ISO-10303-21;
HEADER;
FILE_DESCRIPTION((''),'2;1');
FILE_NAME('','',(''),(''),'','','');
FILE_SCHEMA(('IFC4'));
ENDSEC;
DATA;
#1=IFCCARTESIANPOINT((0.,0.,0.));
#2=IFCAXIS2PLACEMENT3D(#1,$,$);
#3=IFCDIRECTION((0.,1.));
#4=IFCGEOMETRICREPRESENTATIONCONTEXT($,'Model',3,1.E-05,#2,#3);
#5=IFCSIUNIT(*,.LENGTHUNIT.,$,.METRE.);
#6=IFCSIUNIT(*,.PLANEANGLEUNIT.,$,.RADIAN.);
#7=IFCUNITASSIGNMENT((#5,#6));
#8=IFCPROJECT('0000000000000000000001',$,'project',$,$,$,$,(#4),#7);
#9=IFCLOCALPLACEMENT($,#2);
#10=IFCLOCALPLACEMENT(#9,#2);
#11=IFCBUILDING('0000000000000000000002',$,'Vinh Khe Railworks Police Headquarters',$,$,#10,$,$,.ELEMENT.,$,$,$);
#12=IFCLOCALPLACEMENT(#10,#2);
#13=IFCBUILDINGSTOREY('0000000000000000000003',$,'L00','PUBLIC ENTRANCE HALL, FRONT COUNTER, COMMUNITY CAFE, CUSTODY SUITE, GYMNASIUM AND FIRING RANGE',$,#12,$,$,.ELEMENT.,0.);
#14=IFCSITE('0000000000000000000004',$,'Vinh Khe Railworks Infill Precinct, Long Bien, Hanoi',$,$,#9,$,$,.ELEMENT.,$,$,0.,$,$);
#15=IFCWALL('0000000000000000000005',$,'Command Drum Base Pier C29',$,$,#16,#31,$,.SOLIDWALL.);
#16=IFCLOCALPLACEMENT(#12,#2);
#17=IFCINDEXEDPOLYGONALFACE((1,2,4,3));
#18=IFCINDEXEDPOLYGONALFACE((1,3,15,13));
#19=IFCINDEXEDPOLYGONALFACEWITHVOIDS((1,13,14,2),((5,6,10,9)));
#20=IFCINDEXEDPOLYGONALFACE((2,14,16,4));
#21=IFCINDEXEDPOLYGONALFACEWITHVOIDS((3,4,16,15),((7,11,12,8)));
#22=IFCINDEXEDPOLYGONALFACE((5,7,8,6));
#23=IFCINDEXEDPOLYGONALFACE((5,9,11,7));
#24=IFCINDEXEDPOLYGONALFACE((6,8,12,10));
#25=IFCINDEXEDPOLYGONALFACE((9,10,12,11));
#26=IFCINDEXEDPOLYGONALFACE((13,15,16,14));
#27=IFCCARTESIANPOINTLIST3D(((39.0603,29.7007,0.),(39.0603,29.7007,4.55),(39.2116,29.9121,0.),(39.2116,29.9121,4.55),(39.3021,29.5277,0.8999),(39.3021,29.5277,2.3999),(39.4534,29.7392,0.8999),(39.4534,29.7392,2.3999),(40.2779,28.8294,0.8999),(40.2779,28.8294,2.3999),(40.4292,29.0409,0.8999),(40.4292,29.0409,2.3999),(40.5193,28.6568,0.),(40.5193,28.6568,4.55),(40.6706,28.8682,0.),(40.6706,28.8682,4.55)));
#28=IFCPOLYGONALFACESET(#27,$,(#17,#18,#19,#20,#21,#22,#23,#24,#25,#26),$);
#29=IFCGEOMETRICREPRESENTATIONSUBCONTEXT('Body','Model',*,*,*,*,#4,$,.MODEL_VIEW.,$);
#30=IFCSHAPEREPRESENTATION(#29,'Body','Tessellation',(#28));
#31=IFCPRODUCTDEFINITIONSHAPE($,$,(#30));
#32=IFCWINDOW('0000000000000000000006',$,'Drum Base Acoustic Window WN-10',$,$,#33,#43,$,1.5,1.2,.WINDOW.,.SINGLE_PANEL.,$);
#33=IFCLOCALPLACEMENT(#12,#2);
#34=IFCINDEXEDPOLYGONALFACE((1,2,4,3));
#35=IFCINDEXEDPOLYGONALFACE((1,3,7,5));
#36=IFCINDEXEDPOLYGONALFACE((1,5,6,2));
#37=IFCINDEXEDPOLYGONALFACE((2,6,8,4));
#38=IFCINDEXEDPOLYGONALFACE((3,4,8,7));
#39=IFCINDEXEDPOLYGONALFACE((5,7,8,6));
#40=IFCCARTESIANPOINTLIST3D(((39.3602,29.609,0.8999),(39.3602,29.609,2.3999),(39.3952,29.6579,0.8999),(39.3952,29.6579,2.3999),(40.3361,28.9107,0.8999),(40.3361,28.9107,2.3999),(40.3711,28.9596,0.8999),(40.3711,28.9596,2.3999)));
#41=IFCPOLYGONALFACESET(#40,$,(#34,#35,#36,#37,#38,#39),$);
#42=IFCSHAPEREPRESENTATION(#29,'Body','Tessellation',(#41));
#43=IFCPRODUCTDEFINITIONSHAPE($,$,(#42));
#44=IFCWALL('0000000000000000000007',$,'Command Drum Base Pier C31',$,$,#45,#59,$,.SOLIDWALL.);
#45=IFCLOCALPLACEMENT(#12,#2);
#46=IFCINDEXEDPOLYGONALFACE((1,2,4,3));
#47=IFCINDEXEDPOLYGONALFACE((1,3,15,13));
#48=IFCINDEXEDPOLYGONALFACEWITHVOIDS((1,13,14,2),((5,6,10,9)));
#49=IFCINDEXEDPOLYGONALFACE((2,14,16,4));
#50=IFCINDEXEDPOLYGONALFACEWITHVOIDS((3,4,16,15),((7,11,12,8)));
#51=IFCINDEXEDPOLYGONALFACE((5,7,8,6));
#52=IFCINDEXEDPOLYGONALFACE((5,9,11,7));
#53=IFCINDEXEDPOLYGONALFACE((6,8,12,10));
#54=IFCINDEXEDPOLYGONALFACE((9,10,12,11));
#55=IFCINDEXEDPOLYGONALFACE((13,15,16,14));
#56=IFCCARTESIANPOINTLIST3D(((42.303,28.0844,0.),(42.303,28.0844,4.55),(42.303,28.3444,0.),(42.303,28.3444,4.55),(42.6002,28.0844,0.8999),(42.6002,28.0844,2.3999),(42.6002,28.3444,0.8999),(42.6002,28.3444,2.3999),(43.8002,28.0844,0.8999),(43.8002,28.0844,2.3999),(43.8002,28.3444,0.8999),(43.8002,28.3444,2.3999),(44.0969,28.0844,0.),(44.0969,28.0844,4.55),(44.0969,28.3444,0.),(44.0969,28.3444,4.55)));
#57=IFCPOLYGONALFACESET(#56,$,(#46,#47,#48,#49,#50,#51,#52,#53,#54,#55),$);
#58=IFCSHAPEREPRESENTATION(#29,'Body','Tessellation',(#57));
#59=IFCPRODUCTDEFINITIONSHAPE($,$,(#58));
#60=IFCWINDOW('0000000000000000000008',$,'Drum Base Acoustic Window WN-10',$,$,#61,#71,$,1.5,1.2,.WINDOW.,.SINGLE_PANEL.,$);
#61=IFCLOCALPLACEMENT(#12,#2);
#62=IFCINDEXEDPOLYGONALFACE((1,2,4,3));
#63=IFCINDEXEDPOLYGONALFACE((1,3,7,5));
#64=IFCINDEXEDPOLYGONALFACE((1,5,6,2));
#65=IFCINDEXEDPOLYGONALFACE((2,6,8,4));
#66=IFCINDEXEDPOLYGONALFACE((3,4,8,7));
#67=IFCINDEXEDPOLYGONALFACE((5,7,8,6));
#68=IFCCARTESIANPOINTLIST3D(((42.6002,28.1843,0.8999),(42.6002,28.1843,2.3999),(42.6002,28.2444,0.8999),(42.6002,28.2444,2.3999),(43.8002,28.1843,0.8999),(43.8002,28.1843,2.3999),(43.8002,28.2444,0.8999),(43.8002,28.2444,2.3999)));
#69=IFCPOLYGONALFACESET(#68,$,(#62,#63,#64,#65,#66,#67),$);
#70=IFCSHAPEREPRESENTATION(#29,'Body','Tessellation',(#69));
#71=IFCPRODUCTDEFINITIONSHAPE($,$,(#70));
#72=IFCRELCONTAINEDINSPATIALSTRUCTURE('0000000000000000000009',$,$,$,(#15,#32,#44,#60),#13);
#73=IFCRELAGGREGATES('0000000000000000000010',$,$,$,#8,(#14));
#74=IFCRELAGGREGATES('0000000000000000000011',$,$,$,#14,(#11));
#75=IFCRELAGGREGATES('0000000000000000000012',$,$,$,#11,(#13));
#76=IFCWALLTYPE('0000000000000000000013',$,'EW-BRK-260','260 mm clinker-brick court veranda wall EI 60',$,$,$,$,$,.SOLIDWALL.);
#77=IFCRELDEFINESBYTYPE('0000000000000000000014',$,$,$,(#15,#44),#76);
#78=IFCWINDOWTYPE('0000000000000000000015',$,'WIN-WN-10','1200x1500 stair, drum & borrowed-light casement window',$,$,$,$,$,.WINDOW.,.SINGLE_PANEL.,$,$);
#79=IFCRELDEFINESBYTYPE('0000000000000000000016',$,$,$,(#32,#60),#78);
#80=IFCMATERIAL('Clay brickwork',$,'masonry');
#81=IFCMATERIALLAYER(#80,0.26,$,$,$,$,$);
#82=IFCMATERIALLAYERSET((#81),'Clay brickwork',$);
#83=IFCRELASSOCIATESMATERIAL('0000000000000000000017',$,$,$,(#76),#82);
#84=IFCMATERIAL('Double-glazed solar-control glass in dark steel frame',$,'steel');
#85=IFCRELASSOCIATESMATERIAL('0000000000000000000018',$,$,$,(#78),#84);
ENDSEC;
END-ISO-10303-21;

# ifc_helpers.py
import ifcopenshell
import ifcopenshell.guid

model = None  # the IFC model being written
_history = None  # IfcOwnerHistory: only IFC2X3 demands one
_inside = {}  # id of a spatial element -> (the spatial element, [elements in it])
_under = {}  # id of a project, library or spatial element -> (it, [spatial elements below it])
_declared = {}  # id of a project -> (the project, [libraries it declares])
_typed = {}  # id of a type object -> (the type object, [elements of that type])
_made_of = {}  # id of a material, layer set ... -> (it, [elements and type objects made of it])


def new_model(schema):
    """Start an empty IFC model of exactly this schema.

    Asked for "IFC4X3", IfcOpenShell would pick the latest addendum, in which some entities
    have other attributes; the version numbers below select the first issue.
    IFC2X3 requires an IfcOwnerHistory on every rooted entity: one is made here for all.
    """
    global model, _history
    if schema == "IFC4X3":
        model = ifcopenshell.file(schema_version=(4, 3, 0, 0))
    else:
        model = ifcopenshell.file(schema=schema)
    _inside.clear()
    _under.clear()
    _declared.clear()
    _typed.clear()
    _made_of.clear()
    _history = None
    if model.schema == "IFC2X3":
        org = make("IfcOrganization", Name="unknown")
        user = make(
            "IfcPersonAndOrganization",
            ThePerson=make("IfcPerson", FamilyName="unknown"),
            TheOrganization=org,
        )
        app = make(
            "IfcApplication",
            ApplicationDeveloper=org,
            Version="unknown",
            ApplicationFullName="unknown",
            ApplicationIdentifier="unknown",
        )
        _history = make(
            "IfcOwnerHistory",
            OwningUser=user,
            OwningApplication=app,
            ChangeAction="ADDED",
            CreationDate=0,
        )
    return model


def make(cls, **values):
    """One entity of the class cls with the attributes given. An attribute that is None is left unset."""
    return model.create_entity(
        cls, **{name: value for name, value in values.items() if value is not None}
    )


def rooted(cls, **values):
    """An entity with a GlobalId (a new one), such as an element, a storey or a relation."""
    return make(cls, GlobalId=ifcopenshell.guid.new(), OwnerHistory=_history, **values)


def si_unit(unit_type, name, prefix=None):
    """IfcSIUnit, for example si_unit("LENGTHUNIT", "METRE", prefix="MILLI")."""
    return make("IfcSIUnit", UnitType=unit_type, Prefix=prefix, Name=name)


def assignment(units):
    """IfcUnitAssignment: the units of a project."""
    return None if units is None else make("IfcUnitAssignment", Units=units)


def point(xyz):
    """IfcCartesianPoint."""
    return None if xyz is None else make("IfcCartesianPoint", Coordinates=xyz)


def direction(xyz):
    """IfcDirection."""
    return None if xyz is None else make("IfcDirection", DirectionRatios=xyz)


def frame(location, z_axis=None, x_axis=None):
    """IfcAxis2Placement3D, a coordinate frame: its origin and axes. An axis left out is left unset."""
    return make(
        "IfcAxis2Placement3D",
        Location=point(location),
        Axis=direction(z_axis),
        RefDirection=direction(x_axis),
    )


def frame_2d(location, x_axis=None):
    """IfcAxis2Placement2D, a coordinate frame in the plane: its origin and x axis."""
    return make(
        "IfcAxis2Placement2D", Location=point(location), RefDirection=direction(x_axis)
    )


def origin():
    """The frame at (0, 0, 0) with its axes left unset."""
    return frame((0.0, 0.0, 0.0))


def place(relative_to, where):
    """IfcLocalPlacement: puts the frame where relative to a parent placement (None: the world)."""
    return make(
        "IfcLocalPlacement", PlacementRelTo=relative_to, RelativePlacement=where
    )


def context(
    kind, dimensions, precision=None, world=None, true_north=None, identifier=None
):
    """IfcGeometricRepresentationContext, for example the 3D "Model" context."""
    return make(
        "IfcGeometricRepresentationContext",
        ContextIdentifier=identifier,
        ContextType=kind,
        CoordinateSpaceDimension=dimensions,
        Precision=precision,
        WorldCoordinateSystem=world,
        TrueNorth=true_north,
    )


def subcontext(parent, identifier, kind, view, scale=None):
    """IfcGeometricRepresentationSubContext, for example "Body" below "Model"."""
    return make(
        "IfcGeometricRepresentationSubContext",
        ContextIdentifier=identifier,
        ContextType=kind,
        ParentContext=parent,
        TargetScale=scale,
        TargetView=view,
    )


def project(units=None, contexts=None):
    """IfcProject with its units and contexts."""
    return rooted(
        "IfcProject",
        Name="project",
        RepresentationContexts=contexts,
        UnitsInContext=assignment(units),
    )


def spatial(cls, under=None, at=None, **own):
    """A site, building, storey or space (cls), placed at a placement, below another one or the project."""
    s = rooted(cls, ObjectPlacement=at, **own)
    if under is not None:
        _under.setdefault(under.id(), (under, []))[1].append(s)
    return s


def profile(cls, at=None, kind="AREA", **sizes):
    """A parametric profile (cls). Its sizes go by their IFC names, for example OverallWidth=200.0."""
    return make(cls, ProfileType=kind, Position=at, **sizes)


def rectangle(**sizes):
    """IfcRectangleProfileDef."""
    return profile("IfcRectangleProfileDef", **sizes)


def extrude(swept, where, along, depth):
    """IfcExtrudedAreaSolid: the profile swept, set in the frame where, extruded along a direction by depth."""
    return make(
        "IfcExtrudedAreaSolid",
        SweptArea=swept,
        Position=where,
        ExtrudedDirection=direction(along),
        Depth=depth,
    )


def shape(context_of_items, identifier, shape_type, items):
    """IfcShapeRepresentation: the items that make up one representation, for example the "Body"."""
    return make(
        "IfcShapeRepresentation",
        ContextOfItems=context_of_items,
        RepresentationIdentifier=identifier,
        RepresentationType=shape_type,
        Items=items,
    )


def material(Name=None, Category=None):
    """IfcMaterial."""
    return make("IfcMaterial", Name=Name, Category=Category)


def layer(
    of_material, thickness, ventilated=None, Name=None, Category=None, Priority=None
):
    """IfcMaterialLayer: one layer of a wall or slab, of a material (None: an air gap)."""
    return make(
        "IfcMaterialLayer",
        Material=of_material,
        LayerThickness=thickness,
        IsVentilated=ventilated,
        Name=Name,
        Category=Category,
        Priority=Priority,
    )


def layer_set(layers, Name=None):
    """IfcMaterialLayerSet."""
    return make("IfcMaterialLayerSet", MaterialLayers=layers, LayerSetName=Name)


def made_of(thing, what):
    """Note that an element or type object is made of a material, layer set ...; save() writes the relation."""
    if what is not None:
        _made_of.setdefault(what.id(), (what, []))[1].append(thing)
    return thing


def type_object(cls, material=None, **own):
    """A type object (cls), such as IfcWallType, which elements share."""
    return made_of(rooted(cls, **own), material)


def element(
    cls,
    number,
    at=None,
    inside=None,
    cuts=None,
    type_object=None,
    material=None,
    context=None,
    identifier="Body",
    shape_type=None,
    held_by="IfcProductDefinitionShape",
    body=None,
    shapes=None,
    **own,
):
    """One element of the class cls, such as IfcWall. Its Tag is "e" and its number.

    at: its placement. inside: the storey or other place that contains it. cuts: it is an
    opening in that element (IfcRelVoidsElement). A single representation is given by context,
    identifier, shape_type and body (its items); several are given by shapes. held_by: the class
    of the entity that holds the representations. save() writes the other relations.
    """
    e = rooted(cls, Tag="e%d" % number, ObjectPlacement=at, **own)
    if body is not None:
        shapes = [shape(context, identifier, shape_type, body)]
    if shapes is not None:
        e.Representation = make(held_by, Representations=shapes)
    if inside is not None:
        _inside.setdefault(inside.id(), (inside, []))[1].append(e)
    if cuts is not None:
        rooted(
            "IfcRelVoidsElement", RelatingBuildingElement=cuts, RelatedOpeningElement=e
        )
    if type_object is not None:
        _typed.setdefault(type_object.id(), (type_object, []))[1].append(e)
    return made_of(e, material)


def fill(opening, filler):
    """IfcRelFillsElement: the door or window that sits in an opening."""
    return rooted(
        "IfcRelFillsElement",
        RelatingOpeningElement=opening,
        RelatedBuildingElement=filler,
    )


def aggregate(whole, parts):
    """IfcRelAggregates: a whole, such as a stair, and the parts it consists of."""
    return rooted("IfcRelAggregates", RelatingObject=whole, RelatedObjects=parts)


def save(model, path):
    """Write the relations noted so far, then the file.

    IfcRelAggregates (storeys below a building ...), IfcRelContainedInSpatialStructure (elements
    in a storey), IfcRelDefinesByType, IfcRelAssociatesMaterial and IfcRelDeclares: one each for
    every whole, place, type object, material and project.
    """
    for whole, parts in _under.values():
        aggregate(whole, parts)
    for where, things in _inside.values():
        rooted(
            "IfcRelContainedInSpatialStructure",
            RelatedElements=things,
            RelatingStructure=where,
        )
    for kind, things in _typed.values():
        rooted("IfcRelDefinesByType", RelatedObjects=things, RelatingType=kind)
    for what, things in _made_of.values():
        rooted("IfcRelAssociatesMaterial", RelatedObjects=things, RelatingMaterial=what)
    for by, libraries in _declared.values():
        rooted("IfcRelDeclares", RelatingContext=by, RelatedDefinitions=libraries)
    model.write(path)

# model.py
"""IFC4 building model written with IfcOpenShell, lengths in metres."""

from ifc_helpers import new_model, si_unit, direction, frame, frame_2d, origin, place, context, subcontext, project, spatial, rectangle, extrude, material, layer, layer_set, type_object, element, fill, save


model = new_model("IFC4")

# Units and contexts
model_context = context("Model", 3, precision=1e-05, world=origin(), true_north=direction((0.0, 1.0)))
body_context = subcontext(model_context, "Body", "Model", "MODEL_VIEW")
ifc_project = project(units=[si_unit("LENGTHUNIT", "METRE"), si_unit("PLANEANGLEUNIT", "RADIAN")], contexts=[model_context])

# Site, building, storey
site_placement = place(None, origin())
site = spatial("IfcSite", under=ifc_project, at=site_placement, Name="Vinh Khe Railworks Infill Precinct, Long Bien, Hanoi", CompositionType="ELEMENT", RefElevation=0.0)
building_placement = place(site_placement, origin())
building = spatial("IfcBuilding", under=site, at=building_placement, Name="Vinh Khe Railworks Police Headquarters", CompositionType="ELEMENT")
storey_placement = place(building_placement, origin())
storey = spatial("IfcBuildingStorey", under=building, at=storey_placement, Name="L00", Description="PUBLIC ENTRANCE HALL, FRONT COUNTER, COMMUNITY CAFE, CUSTODY SUITE, GYMNASIUM AND FIRING RANGE", CompositionType="ELEMENT", Elevation=0.0)

# Walls, openings, windows
ifc_material_1 = material(Name="Clay brickwork", Category="masonry")
ifc_layer_1 = layer(ifc_material_1, 0.26)
ifc_layer_set_1 = layer_set([ifc_layer_1], Name="Clay brickwork")
wall_type = type_object("IfcWallType", Name="EW-BRK-260", Description="260 mm clinker-brick court veranda wall EI 60", PredefinedType="SOLIDWALL", material=ifc_layer_set_1)
wall_1_placement = place(storey_placement, frame((39.136, 29.8064, 0.0), z_axis=(0.0, 0.0, 1.0), x_axis=(0.813255, -0.581907, 0.0)))
wall_1 = element("IfcWall", 1, at=wall_1_placement, inside=storey, type_object=wall_type, Name="Command Drum Base Pier C29", PredefinedType="SOLIDWALL", context=body_context, shape_type="SweptSolid", body=[
    extrude(rectangle(XDim=1.7939, YDim=0.26, at=frame_2d((0.897, 0.0))), origin(), (0.0, 0.0, 1.0), 4.55),
])
opening_1_placement = place(wall_1_placement, frame((0.2971, 0.0, 0.8999)))
opening_1 = element("IfcOpeningElement", 2, at=opening_1_placement, cuts=wall_1, PredefinedType="OPENING", context=body_context, shape_type="SweptSolid", body=[
    extrude(rectangle(XDim=1.2, YDim=1.5, at=frame_2d((0.6001, 0.75))), frame((0.0, 0.145, 0.0), z_axis=(0.0, -1.0, 0.0), x_axis=(1.0, 0.0, 0.0)), (0.0, 0.0, 1.0), 0.2898),
])
ifc_material_2 = material(Name="Double-glazed solar-control glass in dark steel frame", Category="steel")
window_type = type_object("IfcWindowType", Name="WIN-WN-10", Description="1200x1500 stair, drum & borrowed-light casement window", PartitioningType="SINGLE_PANEL", PredefinedType="WINDOW", material=ifc_material_2)
window_1_placement = place(opening_1_placement, origin())
window_1 = element("IfcWindow", 3, at=window_1_placement, inside=storey, type_object=window_type, Name="Drum Base Acoustic Window WN-10", OverallHeight=1.5, OverallWidth=1.2, PartitioningType="SINGLE_PANEL", PredefinedType="WINDOW", context=body_context, shape_type="SweptSolid", body=[
    extrude(rectangle(XDim=1.2, YDim=1.5, at=frame_2d((0.6001, 0.75))), frame((0.0, 0.03, 0.0), z_axis=(0.0, -1.0, 0.0), x_axis=(1.0, 0.0, 0.0)), (0.0, 0.0, 1.0), 0.0601),
])
fill(opening_1, window_1)
wall_2_placement = place(storey_placement, frame((42.303, 28.2144, 0.0), z_axis=(0.0, 0.0, 1.0), x_axis=(1.0, 0.0, 0.0)))
wall_2 = element("IfcWall", 4, at=wall_2_placement, inside=storey, type_object=wall_type, Name="Command Drum Base Pier C31", PredefinedType="SOLIDWALL", context=body_context, shape_type="SweptSolid", body=[
    extrude(rectangle(XDim=1.7939, YDim=0.26, at=frame_2d((0.897, 0.0))), origin(), (0.0, 0.0, 1.0), 4.55),
])
opening_2_placement = place(wall_2_placement, frame((0.2971, 0.0, 0.8999)))
opening_2 = element("IfcOpeningElement", 5, at=opening_2_placement, cuts=wall_2, PredefinedType="OPENING", context=body_context, shape_type="SweptSolid", body=[
    extrude(rectangle(XDim=1.2, YDim=1.5, at=frame_2d((0.6001, 0.75))), frame((0.0, 0.145, 0.0), z_axis=(0.0, -1.0, 0.0), x_axis=(1.0, 0.0, 0.0)), (0.0, 0.0, 1.0), 0.2898),
])
window_2_placement = place(opening_2_placement, origin())
window_2 = element("IfcWindow", 6, at=window_2_placement, inside=storey, type_object=window_type, Name="Drum Base Acoustic Window WN-10", OverallHeight=1.5, OverallWidth=1.2, PartitioningType="SINGLE_PANEL", PredefinedType="WINDOW", context=body_context, shape_type="SweptSolid", body=[
    extrude(rectangle(XDim=1.2, YDim=1.5, at=frame_2d((0.6001, 0.75))), frame((0.0, 0.03, 0.0), z_axis=(0.0, -1.0, 0.0), x_axis=(1.0, 0.0, 0.0)), (0.0, 0.0, 1.0), 0.0601),
])
fill(opening_2, window_2)

save(model, "model.ifc")
